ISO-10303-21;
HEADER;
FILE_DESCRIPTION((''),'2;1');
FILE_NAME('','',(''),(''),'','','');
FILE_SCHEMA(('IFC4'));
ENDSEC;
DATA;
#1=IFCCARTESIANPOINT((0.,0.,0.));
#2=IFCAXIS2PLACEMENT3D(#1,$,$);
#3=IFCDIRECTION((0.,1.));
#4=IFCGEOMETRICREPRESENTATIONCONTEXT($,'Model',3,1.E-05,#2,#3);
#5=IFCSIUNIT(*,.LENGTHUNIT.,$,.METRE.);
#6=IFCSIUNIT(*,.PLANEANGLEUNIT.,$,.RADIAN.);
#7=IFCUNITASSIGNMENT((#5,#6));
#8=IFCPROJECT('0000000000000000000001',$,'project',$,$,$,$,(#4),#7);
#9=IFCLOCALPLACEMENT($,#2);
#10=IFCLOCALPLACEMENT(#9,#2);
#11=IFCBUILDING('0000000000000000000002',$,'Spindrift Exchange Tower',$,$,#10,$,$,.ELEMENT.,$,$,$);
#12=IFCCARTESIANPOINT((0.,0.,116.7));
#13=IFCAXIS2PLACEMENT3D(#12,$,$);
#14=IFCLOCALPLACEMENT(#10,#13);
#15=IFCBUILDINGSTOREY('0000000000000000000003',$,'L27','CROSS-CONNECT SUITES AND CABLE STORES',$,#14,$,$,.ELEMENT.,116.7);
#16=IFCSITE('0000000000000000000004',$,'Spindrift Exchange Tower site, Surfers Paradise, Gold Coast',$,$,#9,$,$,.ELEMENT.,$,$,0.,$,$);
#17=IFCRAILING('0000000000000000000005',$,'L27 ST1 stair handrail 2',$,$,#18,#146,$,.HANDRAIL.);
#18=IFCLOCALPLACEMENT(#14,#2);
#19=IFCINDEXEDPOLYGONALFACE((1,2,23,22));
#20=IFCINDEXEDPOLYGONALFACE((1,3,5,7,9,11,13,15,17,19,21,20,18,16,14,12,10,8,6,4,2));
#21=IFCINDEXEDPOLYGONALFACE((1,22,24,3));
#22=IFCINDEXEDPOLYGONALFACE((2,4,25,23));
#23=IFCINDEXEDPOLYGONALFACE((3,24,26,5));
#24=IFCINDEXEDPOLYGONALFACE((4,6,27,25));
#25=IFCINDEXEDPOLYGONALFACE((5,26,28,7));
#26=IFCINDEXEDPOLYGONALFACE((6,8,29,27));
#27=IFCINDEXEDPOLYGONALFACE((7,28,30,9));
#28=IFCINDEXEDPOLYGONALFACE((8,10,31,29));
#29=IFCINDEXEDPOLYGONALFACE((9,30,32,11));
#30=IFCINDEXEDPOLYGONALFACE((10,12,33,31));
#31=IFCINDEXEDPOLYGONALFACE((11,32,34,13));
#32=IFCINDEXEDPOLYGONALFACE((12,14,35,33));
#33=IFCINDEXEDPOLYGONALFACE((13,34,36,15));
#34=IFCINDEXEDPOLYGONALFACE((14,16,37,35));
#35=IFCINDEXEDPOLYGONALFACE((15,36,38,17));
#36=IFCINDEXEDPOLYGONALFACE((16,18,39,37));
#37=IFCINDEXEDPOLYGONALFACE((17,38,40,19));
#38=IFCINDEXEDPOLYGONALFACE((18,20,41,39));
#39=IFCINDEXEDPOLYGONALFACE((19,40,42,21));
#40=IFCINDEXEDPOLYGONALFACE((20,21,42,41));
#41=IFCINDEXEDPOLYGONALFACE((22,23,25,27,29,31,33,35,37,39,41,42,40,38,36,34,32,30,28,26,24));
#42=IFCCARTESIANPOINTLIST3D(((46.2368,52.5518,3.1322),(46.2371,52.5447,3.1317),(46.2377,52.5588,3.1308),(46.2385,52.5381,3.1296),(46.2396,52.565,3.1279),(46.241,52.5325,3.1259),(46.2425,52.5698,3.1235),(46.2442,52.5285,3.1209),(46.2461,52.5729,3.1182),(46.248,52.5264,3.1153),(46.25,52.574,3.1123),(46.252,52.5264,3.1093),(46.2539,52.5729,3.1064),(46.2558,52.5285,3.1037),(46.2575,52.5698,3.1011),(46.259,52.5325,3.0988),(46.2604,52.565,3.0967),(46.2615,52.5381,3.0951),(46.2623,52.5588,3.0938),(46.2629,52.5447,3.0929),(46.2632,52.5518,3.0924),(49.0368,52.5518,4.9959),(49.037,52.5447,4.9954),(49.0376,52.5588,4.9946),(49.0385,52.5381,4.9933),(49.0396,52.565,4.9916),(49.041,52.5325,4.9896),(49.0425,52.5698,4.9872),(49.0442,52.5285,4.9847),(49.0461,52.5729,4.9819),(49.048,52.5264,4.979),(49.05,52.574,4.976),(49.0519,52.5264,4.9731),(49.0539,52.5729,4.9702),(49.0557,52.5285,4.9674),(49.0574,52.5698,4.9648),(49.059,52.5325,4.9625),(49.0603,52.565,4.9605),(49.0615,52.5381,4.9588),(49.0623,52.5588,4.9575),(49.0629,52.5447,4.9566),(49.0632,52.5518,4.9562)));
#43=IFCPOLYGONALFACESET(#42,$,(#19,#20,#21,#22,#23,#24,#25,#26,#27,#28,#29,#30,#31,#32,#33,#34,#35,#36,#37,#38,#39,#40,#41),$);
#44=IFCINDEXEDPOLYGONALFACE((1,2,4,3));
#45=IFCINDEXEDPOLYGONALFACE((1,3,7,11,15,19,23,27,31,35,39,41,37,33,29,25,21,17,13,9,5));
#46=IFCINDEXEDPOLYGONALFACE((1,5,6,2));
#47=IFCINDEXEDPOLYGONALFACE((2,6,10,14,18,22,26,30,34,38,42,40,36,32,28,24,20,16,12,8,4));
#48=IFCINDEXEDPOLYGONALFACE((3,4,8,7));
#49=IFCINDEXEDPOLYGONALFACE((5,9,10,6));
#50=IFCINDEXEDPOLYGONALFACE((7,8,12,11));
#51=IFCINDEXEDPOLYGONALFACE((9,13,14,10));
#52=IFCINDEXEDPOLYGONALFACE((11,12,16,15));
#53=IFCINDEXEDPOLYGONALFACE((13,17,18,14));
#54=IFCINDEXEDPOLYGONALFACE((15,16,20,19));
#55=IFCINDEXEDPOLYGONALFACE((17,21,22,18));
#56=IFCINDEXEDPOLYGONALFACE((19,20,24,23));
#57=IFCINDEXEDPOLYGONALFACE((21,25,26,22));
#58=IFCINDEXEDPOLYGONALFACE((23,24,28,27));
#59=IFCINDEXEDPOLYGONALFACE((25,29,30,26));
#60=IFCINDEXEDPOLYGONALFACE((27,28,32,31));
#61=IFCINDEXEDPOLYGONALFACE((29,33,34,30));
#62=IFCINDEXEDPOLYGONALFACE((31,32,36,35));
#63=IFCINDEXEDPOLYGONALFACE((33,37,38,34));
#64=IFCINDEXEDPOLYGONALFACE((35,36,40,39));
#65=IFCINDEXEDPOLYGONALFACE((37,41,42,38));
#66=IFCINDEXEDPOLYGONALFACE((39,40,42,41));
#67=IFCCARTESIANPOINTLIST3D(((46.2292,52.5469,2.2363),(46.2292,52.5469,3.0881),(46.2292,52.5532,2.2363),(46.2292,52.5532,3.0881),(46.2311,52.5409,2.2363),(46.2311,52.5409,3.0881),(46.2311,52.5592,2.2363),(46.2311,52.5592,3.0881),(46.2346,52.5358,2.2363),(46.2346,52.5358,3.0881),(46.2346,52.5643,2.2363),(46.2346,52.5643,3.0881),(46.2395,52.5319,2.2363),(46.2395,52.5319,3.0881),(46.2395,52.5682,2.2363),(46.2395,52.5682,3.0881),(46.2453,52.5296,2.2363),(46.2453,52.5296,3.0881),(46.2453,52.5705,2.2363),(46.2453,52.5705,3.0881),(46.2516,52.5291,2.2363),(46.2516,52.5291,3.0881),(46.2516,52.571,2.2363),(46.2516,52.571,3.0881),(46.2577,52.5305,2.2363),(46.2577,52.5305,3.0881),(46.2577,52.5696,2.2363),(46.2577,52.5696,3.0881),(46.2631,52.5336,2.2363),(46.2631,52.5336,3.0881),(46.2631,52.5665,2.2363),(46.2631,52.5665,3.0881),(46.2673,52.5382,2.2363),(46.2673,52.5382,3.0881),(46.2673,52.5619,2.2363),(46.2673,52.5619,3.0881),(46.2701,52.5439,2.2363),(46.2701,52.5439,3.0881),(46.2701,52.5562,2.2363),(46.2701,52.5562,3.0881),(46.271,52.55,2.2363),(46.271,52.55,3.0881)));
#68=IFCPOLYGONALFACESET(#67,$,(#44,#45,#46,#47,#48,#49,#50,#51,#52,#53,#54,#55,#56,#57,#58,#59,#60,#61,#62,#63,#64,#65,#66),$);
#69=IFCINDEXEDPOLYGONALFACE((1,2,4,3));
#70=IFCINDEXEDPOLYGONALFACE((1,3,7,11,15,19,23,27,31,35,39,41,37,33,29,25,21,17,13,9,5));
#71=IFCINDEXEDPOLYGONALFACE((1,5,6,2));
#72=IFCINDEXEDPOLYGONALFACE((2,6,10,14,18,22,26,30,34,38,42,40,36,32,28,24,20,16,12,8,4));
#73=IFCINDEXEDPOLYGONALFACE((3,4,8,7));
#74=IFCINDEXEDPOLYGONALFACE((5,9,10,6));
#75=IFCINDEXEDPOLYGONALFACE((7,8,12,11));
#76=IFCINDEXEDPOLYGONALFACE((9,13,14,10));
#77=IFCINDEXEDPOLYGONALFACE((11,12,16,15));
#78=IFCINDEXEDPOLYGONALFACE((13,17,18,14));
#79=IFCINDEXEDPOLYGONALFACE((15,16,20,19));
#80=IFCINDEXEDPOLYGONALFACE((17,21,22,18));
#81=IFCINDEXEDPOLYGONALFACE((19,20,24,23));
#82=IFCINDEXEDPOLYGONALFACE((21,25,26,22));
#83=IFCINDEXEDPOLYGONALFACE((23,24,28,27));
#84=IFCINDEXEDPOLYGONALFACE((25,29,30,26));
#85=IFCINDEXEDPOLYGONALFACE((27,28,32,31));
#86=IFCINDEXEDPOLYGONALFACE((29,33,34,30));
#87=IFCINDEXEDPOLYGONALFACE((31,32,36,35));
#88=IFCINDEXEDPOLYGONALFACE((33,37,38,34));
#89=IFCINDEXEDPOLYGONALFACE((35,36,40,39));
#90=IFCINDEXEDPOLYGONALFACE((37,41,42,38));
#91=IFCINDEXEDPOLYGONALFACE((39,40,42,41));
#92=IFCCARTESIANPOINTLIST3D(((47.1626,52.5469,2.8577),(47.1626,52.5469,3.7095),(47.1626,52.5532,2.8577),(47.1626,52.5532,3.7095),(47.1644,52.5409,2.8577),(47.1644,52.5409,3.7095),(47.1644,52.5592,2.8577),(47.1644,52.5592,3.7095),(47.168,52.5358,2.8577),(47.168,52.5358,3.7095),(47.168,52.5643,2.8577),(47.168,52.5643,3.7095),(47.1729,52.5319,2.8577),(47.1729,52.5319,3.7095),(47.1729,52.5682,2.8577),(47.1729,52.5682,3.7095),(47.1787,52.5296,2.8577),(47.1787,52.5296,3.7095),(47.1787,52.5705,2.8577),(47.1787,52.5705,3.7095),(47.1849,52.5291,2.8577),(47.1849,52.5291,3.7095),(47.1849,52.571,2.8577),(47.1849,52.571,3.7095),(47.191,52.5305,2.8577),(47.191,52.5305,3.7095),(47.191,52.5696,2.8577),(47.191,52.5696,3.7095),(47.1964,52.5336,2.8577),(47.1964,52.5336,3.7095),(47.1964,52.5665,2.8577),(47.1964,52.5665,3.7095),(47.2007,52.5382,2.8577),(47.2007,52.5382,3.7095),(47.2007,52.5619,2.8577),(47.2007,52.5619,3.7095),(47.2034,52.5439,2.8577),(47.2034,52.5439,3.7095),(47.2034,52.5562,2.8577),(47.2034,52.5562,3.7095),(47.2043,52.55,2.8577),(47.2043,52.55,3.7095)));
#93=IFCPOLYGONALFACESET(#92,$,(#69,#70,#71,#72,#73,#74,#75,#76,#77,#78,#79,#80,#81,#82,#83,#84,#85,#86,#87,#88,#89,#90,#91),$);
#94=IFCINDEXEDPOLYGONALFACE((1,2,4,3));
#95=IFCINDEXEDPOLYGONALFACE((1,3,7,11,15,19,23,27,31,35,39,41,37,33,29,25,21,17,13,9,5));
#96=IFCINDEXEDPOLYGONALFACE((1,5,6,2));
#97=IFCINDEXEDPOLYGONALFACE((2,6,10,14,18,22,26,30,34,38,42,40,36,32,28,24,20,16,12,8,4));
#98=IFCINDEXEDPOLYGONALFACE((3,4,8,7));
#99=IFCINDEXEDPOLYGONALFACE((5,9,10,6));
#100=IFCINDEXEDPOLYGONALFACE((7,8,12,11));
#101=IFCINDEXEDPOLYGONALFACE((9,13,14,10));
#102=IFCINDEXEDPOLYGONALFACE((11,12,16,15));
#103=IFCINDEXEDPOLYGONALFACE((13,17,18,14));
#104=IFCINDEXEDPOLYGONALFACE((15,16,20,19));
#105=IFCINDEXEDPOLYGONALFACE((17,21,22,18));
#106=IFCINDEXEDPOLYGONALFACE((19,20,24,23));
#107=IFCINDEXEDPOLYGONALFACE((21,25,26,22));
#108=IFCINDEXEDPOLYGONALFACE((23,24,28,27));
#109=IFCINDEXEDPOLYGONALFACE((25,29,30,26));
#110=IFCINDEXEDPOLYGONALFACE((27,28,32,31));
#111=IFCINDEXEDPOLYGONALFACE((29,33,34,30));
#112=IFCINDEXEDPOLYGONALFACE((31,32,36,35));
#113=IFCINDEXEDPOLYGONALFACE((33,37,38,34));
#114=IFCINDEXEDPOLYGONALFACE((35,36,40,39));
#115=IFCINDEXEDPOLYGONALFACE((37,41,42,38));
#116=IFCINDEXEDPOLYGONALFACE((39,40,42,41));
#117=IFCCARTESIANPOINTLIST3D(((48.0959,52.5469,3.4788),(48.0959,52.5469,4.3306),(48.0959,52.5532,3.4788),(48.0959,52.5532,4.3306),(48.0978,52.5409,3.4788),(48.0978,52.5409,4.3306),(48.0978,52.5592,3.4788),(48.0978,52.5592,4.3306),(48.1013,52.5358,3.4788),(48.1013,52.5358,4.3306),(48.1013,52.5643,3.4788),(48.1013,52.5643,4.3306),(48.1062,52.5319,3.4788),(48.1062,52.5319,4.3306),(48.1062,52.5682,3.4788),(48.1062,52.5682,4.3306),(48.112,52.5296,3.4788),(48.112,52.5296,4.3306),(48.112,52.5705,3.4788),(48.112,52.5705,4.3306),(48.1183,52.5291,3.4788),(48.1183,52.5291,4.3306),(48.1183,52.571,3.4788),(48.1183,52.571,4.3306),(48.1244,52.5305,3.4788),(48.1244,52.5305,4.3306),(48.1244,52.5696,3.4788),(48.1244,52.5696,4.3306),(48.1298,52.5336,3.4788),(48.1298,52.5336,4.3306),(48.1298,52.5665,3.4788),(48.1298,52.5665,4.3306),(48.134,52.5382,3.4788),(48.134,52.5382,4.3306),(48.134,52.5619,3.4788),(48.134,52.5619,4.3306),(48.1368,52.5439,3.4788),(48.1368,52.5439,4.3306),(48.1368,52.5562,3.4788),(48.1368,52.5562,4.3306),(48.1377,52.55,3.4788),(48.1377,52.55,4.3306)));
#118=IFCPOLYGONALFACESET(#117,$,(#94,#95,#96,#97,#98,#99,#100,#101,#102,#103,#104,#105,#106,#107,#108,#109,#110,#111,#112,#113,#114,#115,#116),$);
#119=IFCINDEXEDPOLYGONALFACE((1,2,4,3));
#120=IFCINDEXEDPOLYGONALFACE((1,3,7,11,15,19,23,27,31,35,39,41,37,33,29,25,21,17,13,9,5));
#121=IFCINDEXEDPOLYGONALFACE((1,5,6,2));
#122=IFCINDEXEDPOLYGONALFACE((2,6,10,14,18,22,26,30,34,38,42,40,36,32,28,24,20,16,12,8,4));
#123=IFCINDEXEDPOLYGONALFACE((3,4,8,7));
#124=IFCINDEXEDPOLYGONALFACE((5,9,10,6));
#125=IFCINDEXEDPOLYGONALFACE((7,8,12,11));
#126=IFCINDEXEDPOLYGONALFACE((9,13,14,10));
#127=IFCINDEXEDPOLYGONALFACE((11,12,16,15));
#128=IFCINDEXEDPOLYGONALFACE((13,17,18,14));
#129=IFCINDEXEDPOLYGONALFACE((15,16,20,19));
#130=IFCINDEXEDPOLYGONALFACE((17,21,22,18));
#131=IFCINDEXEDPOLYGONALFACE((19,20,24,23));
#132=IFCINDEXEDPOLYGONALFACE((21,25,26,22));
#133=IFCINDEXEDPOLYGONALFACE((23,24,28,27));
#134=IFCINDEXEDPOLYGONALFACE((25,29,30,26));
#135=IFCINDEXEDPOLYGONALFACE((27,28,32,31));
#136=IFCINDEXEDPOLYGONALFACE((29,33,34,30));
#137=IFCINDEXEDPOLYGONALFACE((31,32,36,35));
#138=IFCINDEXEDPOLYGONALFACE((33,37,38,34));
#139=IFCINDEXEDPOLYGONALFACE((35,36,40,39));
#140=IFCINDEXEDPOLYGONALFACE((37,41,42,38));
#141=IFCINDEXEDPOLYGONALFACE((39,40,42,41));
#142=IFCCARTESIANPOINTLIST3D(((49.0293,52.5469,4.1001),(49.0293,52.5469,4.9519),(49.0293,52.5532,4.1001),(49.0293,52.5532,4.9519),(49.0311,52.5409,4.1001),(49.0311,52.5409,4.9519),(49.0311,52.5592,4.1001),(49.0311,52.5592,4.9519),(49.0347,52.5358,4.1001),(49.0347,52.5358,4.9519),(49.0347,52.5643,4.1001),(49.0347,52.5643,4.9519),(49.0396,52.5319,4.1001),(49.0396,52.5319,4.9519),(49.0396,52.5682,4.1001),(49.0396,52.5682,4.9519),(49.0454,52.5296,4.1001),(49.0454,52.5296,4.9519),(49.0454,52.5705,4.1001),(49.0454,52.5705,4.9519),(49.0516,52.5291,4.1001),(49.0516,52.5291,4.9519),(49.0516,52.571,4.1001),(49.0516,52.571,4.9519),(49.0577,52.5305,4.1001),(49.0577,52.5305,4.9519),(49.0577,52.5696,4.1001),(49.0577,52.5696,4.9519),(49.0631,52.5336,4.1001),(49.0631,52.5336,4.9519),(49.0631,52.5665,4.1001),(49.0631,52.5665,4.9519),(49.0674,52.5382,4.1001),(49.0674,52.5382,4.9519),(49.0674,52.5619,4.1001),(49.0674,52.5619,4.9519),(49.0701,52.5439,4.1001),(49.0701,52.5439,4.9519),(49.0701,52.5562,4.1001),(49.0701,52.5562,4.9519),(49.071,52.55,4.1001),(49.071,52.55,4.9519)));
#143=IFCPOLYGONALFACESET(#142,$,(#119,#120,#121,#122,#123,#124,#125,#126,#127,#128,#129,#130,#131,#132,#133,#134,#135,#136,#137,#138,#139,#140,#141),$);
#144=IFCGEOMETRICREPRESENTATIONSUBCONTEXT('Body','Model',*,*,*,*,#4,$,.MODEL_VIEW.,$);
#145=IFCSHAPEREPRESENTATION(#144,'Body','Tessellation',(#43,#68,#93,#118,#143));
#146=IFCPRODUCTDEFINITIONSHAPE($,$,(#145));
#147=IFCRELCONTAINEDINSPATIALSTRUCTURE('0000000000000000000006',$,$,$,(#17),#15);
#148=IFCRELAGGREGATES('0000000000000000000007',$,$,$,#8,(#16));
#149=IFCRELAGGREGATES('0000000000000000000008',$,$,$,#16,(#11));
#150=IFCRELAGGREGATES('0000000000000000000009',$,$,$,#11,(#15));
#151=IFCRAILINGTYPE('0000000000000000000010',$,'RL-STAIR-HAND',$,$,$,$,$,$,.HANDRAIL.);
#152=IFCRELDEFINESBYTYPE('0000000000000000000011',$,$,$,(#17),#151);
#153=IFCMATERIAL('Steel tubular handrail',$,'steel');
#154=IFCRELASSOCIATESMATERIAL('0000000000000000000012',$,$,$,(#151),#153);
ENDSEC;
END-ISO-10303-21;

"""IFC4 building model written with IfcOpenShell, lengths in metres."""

from ifc_helpers import new_model, si_unit, direction, frame, origin, origin_2d, place, context, subcontext, project, spatial, circle, extrude, material, type_object, element, save


model = new_model("IFC4")

# Units and contexts
model_context = context("Model", 3, precision=1e-05, world=origin(), true_north=direction((0.0, 1.0)))
body_context = subcontext(model_context, "Body", "Model", "MODEL_VIEW")
ifc_project = project(units=[si_unit("LENGTHUNIT", "METRE"), si_unit("PLANEANGLEUNIT", "RADIAN")], contexts=[model_context])

# Site, building, storey
site_placement = place(None, origin())
site = spatial("IfcSite", under=ifc_project, at=site_placement, Name="Spindrift Exchange Tower site, Surfers Paradise, Gold Coast", CompositionType="ELEMENT", RefElevation=0.0)
building_placement = place(site_placement, origin())
building = spatial("IfcBuilding", under=site, at=building_placement, Name="Spindrift Exchange Tower", CompositionType="ELEMENT")
storey_placement = place(building_placement, frame((0.0, 0.0, 116.7)))
storey = spatial("IfcBuildingStorey", under=building, at=storey_placement, Name="L27", Description="CROSS-CONNECT SUITES AND CABLE STORES", CompositionType="ELEMENT", Elevation=116.7)

# Railing
ifc_material_1 = material(Name="Steel tubular handrail", Category="steel")
railing_type_1 = type_object("IfcRailingType", Name="RL-STAIR-HAND", PredefinedType="HANDRAIL", material=ifc_material_1)
railing_1_placement = place(storey_placement, frame((46.25, 52.55, 2.2363)))
element("IfcRailing", 1, at=railing_1_placement, inside=storey, type_object=railing_type_1, Name="L27 ST1 stair handrail 2", PredefinedType="HANDRAIL", context=body_context, shape_type="SweptSolid", body=[
    extrude(circle(Radius=0.0239, at=origin_2d()), frame((0.0, 0.0, 0.876), z_axis=(0.832452, 0.0, 0.554097), x_axis=(0.0, 1.0, 0.0)), (0.0, 0.0, 1.0), 3.3635),
    extrude(circle(Radius=0.021, at=origin_2d()), origin(), (0.0, 0.0, 1.0), 0.8518),
    extrude(circle(Radius=0.021, at=origin_2d()), frame((0.9333, 0.0, 0.6213)), (0.0, 0.0, 1.0), 0.8518),
    extrude(circle(Radius=0.021, at=origin_2d()), frame((1.8667, 0.0, 1.2424)), (0.0, 0.0, 1.0), 0.8518),
    extrude(circle(Radius=0.021, at=origin_2d()), frame((2.8, 0.0, 1.8638)), (0.0, 0.0, 1.0), 0.8518),
])

save(model, "model.ifc")
